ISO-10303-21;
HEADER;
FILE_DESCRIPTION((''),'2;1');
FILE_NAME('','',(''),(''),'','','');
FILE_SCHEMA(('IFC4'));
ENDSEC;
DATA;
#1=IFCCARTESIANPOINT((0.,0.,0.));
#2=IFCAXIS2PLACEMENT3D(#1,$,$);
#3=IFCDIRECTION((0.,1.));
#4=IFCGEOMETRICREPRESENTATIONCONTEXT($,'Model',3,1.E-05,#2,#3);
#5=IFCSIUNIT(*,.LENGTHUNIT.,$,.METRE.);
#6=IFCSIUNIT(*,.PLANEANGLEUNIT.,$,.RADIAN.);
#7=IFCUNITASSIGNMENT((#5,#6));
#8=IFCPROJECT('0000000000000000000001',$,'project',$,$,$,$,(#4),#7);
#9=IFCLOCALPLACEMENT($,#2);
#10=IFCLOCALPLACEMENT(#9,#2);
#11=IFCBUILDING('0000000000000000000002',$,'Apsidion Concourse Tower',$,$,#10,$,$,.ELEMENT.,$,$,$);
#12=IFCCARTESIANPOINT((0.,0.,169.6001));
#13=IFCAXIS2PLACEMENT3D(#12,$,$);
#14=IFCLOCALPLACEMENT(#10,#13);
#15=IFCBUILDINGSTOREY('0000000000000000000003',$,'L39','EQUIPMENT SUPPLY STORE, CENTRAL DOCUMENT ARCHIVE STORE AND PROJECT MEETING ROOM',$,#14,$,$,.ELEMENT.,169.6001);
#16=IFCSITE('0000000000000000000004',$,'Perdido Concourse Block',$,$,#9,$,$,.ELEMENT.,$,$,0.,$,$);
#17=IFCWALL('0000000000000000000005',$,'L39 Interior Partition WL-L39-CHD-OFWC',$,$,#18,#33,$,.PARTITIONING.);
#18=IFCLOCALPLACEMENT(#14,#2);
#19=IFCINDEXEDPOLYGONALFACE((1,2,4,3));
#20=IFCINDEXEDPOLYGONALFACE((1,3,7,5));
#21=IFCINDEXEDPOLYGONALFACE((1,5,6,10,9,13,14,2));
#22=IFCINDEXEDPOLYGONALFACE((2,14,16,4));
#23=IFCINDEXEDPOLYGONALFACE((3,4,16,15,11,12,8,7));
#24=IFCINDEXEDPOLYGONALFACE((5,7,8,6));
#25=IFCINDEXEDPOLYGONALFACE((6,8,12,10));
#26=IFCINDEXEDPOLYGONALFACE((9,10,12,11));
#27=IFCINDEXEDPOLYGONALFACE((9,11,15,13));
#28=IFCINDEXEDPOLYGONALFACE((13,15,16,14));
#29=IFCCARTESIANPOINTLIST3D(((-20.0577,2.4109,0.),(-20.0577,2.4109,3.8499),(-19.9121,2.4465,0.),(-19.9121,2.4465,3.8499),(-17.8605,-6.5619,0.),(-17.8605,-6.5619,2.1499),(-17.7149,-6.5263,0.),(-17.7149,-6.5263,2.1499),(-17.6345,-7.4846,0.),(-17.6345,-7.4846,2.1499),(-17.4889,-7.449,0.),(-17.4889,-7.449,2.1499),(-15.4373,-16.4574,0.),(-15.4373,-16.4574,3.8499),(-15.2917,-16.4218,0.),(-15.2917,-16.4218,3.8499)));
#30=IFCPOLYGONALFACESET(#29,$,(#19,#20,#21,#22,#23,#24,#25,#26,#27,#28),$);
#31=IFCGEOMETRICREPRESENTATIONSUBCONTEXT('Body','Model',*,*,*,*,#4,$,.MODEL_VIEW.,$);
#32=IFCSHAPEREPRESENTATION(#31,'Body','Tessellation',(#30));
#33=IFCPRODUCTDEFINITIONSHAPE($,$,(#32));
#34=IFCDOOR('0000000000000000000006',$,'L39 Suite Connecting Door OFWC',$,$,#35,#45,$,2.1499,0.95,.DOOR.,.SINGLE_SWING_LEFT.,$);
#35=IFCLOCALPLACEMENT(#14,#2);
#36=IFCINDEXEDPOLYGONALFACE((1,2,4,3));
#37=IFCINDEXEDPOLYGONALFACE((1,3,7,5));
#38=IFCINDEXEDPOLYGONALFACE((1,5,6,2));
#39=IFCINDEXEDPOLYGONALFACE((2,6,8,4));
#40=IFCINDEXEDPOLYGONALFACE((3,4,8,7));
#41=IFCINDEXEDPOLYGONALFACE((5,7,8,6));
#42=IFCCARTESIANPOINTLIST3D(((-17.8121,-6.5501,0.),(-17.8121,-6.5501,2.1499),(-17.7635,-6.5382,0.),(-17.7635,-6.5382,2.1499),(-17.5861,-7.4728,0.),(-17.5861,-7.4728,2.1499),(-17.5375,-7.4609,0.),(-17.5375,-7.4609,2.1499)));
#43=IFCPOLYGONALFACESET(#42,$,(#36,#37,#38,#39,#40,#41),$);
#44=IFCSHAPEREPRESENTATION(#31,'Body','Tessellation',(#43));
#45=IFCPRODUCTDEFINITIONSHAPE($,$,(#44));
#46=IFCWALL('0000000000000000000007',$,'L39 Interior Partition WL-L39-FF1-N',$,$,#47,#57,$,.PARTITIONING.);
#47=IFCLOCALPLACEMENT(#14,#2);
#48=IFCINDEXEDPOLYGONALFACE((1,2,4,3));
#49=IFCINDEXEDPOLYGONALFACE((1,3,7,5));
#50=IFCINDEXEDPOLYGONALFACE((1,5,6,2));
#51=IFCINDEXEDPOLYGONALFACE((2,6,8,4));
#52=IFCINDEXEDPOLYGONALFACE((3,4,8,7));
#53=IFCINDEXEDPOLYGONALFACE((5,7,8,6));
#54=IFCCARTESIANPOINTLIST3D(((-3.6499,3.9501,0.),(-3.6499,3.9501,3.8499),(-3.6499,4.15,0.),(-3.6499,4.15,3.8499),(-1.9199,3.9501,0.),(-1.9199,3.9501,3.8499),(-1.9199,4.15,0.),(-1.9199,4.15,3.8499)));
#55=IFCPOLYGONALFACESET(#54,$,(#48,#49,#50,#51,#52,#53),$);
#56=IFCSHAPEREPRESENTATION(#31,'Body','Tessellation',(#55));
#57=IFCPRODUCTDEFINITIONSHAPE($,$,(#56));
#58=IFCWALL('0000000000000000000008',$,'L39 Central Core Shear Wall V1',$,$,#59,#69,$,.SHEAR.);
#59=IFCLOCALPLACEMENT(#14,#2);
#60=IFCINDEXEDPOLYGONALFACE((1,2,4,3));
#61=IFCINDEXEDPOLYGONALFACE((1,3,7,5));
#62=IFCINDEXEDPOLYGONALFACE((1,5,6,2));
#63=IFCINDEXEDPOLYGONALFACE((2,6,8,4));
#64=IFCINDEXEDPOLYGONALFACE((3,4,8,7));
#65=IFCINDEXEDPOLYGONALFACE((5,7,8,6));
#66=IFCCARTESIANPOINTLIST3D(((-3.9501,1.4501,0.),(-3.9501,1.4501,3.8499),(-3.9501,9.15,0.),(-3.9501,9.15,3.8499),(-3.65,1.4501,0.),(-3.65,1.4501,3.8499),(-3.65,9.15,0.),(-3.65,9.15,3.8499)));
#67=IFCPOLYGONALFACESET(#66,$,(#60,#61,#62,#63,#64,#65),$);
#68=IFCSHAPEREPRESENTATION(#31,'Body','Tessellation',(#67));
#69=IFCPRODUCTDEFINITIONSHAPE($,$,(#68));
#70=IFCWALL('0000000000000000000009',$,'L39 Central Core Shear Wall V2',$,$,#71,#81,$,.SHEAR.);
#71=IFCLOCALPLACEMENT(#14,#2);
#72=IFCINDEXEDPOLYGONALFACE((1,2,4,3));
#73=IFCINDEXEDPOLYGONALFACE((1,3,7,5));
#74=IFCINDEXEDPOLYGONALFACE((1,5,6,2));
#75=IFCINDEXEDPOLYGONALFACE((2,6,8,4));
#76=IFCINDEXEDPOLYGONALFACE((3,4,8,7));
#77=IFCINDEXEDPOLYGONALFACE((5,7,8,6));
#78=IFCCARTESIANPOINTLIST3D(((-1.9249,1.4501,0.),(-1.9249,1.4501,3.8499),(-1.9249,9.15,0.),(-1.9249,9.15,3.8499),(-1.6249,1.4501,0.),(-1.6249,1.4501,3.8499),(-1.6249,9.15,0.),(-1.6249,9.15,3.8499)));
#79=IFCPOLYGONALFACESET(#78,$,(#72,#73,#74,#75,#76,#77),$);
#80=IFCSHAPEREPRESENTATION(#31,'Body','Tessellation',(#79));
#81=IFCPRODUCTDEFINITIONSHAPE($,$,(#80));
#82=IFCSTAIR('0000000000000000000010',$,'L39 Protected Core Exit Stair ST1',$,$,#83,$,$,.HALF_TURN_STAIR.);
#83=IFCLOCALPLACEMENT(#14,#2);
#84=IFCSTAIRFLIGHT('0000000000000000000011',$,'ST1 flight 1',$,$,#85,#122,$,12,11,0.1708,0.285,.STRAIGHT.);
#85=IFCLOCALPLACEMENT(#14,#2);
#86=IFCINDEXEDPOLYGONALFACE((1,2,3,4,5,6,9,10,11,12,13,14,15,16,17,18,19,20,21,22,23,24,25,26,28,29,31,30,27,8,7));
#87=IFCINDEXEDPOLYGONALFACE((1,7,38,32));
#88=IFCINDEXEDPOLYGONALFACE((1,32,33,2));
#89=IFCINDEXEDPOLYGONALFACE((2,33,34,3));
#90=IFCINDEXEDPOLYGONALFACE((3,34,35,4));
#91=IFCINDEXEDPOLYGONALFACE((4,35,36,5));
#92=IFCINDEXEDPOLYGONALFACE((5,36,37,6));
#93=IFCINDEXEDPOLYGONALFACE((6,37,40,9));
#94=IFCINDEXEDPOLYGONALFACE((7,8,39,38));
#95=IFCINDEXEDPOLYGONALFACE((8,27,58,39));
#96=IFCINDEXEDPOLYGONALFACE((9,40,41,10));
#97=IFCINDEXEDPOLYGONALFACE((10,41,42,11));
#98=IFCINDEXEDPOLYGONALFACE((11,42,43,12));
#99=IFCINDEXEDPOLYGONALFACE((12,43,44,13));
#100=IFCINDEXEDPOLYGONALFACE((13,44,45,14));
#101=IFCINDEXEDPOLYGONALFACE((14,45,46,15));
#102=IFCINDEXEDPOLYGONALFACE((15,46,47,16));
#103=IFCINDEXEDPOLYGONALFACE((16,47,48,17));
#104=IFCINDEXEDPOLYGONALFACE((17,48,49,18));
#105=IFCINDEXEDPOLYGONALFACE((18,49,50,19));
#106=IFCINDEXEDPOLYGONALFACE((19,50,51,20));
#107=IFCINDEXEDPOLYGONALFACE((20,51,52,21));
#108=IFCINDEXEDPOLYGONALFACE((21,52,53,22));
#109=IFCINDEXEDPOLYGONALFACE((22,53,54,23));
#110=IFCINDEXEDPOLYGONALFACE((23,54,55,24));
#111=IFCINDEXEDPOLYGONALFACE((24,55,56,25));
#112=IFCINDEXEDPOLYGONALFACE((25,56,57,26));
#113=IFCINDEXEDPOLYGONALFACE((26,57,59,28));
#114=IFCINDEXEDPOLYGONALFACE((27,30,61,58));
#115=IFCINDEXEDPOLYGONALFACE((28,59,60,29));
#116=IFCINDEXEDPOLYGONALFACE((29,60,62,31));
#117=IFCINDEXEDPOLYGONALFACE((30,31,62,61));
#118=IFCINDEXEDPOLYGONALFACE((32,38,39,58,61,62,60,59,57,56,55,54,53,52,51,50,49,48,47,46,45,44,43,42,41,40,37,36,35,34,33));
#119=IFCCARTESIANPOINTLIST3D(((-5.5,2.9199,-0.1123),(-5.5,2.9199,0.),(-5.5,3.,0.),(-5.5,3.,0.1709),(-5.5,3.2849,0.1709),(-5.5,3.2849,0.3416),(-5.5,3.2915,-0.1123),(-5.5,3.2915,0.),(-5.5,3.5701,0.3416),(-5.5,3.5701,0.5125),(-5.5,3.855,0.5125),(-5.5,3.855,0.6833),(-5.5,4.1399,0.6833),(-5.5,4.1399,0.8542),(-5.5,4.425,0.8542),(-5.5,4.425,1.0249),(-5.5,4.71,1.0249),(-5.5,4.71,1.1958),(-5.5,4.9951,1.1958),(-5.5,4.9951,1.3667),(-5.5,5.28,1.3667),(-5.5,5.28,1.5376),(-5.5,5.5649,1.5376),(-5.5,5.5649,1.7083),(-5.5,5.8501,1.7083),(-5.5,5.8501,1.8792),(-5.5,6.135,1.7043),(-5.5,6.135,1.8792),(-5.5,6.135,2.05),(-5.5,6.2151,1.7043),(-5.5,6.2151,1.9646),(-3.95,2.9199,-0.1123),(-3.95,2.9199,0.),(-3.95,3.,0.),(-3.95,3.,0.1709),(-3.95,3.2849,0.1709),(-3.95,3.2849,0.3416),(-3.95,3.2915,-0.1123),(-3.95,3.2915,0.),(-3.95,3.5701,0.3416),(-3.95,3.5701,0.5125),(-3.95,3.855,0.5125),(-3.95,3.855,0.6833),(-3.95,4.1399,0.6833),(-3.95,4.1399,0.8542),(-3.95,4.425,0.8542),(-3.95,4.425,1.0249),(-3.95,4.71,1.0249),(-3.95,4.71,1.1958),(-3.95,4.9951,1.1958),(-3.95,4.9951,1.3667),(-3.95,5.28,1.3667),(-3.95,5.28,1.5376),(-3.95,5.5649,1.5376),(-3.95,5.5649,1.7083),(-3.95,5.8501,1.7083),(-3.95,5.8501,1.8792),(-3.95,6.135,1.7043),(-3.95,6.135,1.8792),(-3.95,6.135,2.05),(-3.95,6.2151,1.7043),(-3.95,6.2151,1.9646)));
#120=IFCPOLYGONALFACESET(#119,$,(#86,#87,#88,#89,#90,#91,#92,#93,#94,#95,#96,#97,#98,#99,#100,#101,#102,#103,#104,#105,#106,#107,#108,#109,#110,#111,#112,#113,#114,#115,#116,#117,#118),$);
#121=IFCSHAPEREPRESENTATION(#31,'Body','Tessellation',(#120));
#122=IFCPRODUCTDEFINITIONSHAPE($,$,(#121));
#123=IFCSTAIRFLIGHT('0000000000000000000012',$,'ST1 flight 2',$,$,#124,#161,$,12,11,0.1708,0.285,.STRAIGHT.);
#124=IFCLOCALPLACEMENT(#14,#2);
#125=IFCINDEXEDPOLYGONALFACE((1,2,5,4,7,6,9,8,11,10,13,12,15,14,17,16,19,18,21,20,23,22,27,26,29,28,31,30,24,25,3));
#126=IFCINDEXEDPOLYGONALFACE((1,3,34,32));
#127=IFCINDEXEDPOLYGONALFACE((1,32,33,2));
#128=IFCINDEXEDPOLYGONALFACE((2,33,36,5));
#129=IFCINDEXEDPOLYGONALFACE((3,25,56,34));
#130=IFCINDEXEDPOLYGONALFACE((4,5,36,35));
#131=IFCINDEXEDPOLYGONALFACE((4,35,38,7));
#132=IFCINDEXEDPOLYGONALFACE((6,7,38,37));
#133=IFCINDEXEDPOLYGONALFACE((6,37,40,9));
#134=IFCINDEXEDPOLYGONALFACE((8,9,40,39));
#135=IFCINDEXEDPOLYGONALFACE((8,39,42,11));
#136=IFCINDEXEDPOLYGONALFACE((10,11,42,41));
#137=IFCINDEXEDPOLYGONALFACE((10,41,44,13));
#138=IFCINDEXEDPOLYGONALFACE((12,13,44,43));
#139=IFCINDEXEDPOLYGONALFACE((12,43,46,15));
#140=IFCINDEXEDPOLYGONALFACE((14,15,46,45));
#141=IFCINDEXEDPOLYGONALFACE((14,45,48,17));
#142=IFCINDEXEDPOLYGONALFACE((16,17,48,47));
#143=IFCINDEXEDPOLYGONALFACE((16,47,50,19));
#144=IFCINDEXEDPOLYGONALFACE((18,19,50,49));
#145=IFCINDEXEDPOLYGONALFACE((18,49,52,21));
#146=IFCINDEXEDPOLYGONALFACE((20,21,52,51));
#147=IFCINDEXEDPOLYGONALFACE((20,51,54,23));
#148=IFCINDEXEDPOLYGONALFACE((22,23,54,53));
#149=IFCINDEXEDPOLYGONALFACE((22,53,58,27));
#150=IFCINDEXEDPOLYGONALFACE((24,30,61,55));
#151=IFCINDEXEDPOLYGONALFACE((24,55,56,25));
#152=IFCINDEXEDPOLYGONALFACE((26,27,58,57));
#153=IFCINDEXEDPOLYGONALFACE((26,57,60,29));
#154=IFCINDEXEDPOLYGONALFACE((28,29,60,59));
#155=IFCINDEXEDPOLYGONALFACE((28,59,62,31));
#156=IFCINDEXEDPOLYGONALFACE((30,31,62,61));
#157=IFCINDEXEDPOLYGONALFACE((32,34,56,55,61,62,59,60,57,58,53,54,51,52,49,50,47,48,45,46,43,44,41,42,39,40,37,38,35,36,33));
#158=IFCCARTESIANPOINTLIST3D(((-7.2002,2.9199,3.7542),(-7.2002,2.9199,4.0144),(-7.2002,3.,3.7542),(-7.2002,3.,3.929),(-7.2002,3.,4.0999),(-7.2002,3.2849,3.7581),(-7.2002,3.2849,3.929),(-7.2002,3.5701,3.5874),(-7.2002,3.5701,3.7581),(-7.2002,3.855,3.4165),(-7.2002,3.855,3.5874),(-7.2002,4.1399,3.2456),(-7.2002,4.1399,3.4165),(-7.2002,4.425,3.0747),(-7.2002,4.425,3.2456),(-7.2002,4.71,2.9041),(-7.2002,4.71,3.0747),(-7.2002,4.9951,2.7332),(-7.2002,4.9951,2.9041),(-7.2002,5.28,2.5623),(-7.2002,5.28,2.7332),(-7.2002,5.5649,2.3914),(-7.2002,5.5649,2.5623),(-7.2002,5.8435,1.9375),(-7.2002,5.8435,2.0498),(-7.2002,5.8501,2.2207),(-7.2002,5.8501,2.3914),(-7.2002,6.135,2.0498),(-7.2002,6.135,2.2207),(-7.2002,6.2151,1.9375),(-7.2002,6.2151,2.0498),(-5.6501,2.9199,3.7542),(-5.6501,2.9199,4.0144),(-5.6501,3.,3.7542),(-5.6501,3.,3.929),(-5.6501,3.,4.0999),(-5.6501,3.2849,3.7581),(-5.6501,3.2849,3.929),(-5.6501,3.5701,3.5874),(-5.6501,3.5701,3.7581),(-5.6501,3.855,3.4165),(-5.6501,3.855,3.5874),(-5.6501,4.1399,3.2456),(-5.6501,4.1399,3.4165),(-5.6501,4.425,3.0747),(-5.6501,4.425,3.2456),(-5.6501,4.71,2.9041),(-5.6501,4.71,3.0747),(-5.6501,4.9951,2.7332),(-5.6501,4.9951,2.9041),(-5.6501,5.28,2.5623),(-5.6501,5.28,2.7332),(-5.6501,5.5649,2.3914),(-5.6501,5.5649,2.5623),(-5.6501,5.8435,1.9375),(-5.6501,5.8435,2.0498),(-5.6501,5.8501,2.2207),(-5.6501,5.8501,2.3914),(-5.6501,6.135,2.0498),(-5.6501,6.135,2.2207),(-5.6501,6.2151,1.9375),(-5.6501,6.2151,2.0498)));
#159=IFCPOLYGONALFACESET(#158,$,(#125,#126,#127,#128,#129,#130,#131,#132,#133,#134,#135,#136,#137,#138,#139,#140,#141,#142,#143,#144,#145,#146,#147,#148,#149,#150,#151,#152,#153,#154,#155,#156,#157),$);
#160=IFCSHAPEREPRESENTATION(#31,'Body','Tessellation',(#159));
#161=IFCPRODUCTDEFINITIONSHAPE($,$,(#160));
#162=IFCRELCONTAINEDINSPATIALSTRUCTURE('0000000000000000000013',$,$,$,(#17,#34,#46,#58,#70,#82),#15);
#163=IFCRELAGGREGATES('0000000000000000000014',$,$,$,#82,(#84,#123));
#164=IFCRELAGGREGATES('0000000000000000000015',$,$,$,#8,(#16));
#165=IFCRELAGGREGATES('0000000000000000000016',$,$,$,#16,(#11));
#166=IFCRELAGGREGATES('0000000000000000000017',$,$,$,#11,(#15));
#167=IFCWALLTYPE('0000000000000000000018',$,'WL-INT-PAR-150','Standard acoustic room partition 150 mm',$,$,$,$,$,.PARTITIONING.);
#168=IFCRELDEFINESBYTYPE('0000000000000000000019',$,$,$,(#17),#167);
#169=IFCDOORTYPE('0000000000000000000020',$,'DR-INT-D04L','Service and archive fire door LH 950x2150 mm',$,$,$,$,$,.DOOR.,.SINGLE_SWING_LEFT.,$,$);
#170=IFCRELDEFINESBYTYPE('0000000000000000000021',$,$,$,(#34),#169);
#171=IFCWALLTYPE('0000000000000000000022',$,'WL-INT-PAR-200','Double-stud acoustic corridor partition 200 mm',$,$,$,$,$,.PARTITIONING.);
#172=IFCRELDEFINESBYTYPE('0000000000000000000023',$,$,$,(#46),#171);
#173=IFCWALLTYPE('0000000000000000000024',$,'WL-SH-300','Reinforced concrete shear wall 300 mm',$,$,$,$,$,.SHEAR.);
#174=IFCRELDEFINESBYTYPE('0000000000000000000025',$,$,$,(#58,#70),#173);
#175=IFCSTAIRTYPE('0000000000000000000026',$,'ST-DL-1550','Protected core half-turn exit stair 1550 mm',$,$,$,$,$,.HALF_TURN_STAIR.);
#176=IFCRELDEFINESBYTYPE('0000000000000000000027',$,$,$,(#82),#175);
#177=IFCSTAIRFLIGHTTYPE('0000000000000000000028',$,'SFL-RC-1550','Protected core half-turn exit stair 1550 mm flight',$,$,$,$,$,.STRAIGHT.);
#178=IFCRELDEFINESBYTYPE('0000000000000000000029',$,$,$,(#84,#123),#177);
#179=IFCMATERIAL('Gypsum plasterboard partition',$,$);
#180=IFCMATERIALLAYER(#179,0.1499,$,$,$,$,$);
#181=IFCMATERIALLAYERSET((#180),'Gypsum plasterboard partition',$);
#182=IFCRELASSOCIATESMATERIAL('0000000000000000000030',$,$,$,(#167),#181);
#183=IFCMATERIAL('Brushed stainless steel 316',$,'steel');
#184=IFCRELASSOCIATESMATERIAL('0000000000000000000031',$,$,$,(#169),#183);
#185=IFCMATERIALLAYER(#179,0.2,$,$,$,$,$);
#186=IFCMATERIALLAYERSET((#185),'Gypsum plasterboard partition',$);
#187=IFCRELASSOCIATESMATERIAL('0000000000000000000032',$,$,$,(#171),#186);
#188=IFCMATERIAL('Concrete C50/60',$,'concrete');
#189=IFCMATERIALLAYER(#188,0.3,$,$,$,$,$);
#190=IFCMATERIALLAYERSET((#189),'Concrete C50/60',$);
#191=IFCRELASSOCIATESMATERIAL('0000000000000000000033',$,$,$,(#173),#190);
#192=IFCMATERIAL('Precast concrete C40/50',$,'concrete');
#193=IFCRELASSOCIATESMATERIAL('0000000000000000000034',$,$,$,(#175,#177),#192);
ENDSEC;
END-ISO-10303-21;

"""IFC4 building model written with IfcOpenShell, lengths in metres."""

from ifc_helpers import new_model, si_unit, direction, frame, frame_2d, origin, place, context, subcontext, project, spatial, polyline, rectangle, outline, extrude, material, layer, layer_set, type_object, element, fill, aggregate, save


model = new_model("IFC4")

# Units and contexts
model_context = context("Model", 3, precision=1e-05, world=origin(), true_north=direction((0.0, 1.0)))
body_context = subcontext(model_context, "Body", "Model", "MODEL_VIEW")
ifc_project = project(units=[si_unit("LENGTHUNIT", "METRE"), si_unit("PLANEANGLEUNIT", "RADIAN")], contexts=[model_context])

# Site, building, storey
site_placement = place(None, origin())
site = spatial("IfcSite", under=ifc_project, at=site_placement, Name="Perdido Concourse Block", CompositionType="ELEMENT", RefElevation=0.0)
building_placement = place(site_placement, origin())
building = spatial("IfcBuilding", under=site, at=building_placement, Name="Apsidion Concourse Tower", CompositionType="ELEMENT")
storey_placement = place(building_placement, frame((0.0, 0.0, 169.6001)))
storey = spatial("IfcBuildingStorey", under=building, at=storey_placement, Name="L39", Description="EQUIPMENT SUPPLY STORE, CENTRAL DOCUMENT ARCHIVE STORE AND PROJECT MEETING ROOM", CompositionType="ELEMENT", Elevation=169.6001)

# Shared definitions
ifc_material_1 = material(Name="Concrete C50/60", Category="concrete")

# Shared definitions
ifc_material_2 = material(Name="Gypsum plasterboard partition")
ifc_layer_1 = layer(ifc_material_2, 0.1499)
ifc_layer_set_1 = layer_set([ifc_layer_1], Name="Gypsum plasterboard partition")
wall_type_1 = type_object("IfcWallType", Name="WL-INT-PAR-150", Description="Standard acoustic room partition 150 mm", PredefinedType="PARTITIONING", material=ifc_layer_set_1)

# Shared definitions
ifc_material_3 = material(Name="Brushed stainless steel 316", Category="steel")

# Wall, opening, door
wall_1_placement = place(storey_placement, frame((-19.9849, 2.4287, 0.0), z_axis=(0.0, 0.0, 1.0), x_axis=(0.237846, -0.971303, 0.0)))
wall_1 = element("IfcWall", 1, at=wall_1_placement, inside=storey, type_object=wall_type_1, Name="L39 Interior Partition WL-L39-CHD-OFWC", PredefinedType="PARTITIONING", context=body_context, shape_type="SweptSolid", body=[
    extrude(rectangle(XDim=19.4258, YDim=0.1499, at=frame_2d((9.7129, 0.0))), origin(), (0.0, 0.0, 1.0), 3.8499),
])
opening_1_placement = place(wall_1_placement, frame((9.2378, 0.0, 0.0)))
opening_1 = element("IfcOpeningElement", 2, at=opening_1_placement, cuts=wall_1, PredefinedType="OPENING", context=body_context, shape_type="SweptSolid", body=[
    extrude(rectangle(XDim=0.95, YDim=2.1499, at=frame_2d((0.4751, 1.075))), frame((0.0, 0.085, 0.0), z_axis=(0.0, -1.0, 0.0), x_axis=(1.0, 0.0, 0.0)), (0.0, 0.0, 1.0), 0.1699),
])
door_type_1 = type_object("IfcDoorType", Name="DR-INT-D04L", Description="Service and archive fire door LH 950x2150 mm", OperationType="SINGLE_SWING_LEFT", PredefinedType="DOOR", material=ifc_material_3)
door_1_placement = place(opening_1_placement, origin())
door_1 = element("IfcDoor", 3, at=door_1_placement, inside=storey, type_object=door_type_1, Name="L39 Suite Connecting Door OFWC", OperationType="SINGLE_SWING_LEFT", OverallHeight=2.1499, OverallWidth=0.95, PredefinedType="DOOR", context=body_context, shape_type="SweptSolid", body=[
    extrude(rectangle(XDim=0.95, YDim=2.1499, at=frame_2d((0.4751, 1.075))), frame((0.0, 0.0249, 0.0), z_axis=(0.0, -1.0, 0.0), x_axis=(1.0, 0.0, 0.0)), (0.0, 0.0, 1.0), 0.05),
])
fill(opening_1, door_1)

# Walls
ifc_layer_2 = layer(ifc_material_2, 0.2)
ifc_layer_set_2 = layer_set([ifc_layer_2], Name="Gypsum plasterboard partition")
wall_type_2 = type_object("IfcWallType", Name="WL-INT-PAR-200", Description="Double-stud acoustic corridor partition 200 mm", PredefinedType="PARTITIONING", material=ifc_layer_set_2)
wall_2_placement = place(storey_placement, frame((-3.6499, 4.05, 0.0), z_axis=(0.0, 0.0, 1.0), x_axis=(1.0, 0.0, 0.0)))
element("IfcWall", 4, at=wall_2_placement, inside=storey, type_object=wall_type_2, Name="L39 Interior Partition WL-L39-FF1-N", PredefinedType="PARTITIONING", context=body_context, shape_type="SweptSolid", body=[
    extrude(rectangle(XDim=1.73, YDim=0.2, at=frame_2d((0.865, 0.0))), origin(), (0.0, 0.0, 1.0), 3.8499),
])
ifc_layer_3 = layer(ifc_material_1, 0.3)
ifc_layer_set_3 = layer_set([ifc_layer_3], Name="Concrete C50/60")
wall_type_3 = type_object("IfcWallType", Name="WL-SH-300", Description="Reinforced concrete shear wall 300 mm", PredefinedType="SHEAR", material=ifc_layer_set_3)
for number, where, z_axis, x_axis, name in (
    (5, (-3.8, 1.45, 0.0), (0.0, 0.0, 1.0), (0.0, 1.0, 0.0), "L39 Central Core Shear Wall V1"),
    (6, (-1.7749, 1.45, 0.0), (0.0, 0.0, 1.0), (0.0, 1.0, 0.0), "L39 Central Core Shear Wall V2"),
):
    element("IfcWall", number, at=place(storey_placement, frame(where, z_axis=z_axis, x_axis=x_axis)), inside=storey, type_object=wall_type_3, Name=name, PredefinedType="SHEAR", context=body_context, shape_type="SweptSolid", body=[
        extrude(rectangle(XDim=7.7, YDim=0.3, at=frame_2d((3.8501, 0.0))), origin(), (0.0, 0.0, 1.0), 3.8499),
    ])

# Stair, stair flights
ifc_material_4 = material(Name="Precast concrete C40/50", Category="concrete")
stair_type = type_object("IfcStairType", Name="ST-DL-1550", Description="Protected core half-turn exit stair 1550 mm", PredefinedType="HALF_TURN_STAIR", material=ifc_material_4)
stair_placement = place(storey_placement, origin())
stair = element("IfcStair", 7, at=stair_placement, inside=storey, type_object=stair_type, Name="L39 Protected Core Exit Stair ST1", PredefinedType="HALF_TURN_STAIR")
stair_flight_type = type_object("IfcStairFlightType", Name="SFL-RC-1550", Description="Protected core half-turn exit stair 1550 mm flight", PredefinedType="STRAIGHT", material=ifc_material_4)
stair_flight_1_placement = place(storey_placement, frame((-4.7251, 3.0, 0.0), z_axis=(0.0, 0.0, 1.0), x_axis=(0.0, 1.0, 0.0)))
stair_flight_1 = element("IfcStairFlight", 8, at=stair_flight_1_placement, type_object=stair_flight_type, Name="ST1 flight 1", NumberOfRisers=12, NumberOfTreads=11, PredefinedType="STRAIGHT", RiserHeight=0.1708, TreadLength=0.285, context=body_context, shape_type="SweptSolid", body=[
    extrude(outline(polyline([(-0.0801, -0.1123), (-0.0801, 0.0), (0.0, 0.0), (0.0, 0.1709), (0.2849, 0.1709), (0.2849, 0.3416), (0.5701, 0.3416), (0.5701, 0.5125), (0.855, 0.5125), (0.855, 0.6833), (1.1399, 0.6833), (1.1399, 0.8542), (1.425, 0.8542), (1.425, 1.0249), (1.71, 1.0249), (1.71, 1.1958), (1.9951, 1.1958), (1.9951, 1.3667), (2.28, 1.3667), (2.28, 1.5376), (2.5649, 1.5376), (2.5649, 1.7083), (2.8501, 1.7083), (2.8501, 1.8792), (3.135, 1.8792), (3.135, 2.05), (3.2151, 1.9646), (3.2151, 1.7043), (3.135, 1.7043), (0.2915, 0.0), (0.2915, -0.1123), (-0.0801, -0.1123)])), frame((0.0, 0.7749, 0.0), z_axis=(0.0, -1.0, 0.0), x_axis=(1.0, 0.0, 0.0)), (0.0, 0.0, 1.0), 1.55),
])
stair_flight_2_placement = place(storey_placement, frame((-6.425, 6.135, 2.0498), z_axis=(0.0, 0.0, 1.0), x_axis=(0.0, -1.0, 0.0)))
stair_flight_2 = element("IfcStairFlight", 9, at=stair_flight_2_placement, type_object=stair_flight_type, Name="ST1 flight 2", NumberOfRisers=12, NumberOfTreads=11, PredefinedType="STRAIGHT", RiserHeight=0.1708, TreadLength=0.285, context=body_context, shape_type="SweptSolid", body=[
    extrude(outline(polyline([(-0.0801, -0.1123), (-0.0801, 0.0), (0.0, 0.0), (0.0, 0.1709), (0.2849, 0.1709), (0.2849, 0.3416), (0.5701, 0.3416), (0.5701, 0.5125), (0.855, 0.5125), (0.855, 0.6833), (1.1399, 0.6833), (1.1399, 0.8542), (1.425, 0.8542), (1.425, 1.0249), (1.71, 1.0249), (1.71, 1.1958), (1.9951, 1.1958), (1.9951, 1.3667), (2.28, 1.3667), (2.28, 1.5376), (2.5649, 1.5376), (2.5649, 1.7083), (2.8501, 1.7083), (2.8501, 1.8792), (3.135, 1.8792), (3.135, 2.05), (3.2151, 1.9646), (3.2151, 1.7043), (3.135, 1.7043), (0.2915, 0.0), (0.2915, -0.1123), (-0.0801, -0.1123)])), frame((0.0, 0.7749, 0.0), z_axis=(0.0, -1.0, 0.0), x_axis=(1.0, 0.0, 0.0)), (0.0, 0.0, 1.0), 1.55),
])
aggregate(stair, [stair_flight_1, stair_flight_2])

save(model, "model.ifc")
